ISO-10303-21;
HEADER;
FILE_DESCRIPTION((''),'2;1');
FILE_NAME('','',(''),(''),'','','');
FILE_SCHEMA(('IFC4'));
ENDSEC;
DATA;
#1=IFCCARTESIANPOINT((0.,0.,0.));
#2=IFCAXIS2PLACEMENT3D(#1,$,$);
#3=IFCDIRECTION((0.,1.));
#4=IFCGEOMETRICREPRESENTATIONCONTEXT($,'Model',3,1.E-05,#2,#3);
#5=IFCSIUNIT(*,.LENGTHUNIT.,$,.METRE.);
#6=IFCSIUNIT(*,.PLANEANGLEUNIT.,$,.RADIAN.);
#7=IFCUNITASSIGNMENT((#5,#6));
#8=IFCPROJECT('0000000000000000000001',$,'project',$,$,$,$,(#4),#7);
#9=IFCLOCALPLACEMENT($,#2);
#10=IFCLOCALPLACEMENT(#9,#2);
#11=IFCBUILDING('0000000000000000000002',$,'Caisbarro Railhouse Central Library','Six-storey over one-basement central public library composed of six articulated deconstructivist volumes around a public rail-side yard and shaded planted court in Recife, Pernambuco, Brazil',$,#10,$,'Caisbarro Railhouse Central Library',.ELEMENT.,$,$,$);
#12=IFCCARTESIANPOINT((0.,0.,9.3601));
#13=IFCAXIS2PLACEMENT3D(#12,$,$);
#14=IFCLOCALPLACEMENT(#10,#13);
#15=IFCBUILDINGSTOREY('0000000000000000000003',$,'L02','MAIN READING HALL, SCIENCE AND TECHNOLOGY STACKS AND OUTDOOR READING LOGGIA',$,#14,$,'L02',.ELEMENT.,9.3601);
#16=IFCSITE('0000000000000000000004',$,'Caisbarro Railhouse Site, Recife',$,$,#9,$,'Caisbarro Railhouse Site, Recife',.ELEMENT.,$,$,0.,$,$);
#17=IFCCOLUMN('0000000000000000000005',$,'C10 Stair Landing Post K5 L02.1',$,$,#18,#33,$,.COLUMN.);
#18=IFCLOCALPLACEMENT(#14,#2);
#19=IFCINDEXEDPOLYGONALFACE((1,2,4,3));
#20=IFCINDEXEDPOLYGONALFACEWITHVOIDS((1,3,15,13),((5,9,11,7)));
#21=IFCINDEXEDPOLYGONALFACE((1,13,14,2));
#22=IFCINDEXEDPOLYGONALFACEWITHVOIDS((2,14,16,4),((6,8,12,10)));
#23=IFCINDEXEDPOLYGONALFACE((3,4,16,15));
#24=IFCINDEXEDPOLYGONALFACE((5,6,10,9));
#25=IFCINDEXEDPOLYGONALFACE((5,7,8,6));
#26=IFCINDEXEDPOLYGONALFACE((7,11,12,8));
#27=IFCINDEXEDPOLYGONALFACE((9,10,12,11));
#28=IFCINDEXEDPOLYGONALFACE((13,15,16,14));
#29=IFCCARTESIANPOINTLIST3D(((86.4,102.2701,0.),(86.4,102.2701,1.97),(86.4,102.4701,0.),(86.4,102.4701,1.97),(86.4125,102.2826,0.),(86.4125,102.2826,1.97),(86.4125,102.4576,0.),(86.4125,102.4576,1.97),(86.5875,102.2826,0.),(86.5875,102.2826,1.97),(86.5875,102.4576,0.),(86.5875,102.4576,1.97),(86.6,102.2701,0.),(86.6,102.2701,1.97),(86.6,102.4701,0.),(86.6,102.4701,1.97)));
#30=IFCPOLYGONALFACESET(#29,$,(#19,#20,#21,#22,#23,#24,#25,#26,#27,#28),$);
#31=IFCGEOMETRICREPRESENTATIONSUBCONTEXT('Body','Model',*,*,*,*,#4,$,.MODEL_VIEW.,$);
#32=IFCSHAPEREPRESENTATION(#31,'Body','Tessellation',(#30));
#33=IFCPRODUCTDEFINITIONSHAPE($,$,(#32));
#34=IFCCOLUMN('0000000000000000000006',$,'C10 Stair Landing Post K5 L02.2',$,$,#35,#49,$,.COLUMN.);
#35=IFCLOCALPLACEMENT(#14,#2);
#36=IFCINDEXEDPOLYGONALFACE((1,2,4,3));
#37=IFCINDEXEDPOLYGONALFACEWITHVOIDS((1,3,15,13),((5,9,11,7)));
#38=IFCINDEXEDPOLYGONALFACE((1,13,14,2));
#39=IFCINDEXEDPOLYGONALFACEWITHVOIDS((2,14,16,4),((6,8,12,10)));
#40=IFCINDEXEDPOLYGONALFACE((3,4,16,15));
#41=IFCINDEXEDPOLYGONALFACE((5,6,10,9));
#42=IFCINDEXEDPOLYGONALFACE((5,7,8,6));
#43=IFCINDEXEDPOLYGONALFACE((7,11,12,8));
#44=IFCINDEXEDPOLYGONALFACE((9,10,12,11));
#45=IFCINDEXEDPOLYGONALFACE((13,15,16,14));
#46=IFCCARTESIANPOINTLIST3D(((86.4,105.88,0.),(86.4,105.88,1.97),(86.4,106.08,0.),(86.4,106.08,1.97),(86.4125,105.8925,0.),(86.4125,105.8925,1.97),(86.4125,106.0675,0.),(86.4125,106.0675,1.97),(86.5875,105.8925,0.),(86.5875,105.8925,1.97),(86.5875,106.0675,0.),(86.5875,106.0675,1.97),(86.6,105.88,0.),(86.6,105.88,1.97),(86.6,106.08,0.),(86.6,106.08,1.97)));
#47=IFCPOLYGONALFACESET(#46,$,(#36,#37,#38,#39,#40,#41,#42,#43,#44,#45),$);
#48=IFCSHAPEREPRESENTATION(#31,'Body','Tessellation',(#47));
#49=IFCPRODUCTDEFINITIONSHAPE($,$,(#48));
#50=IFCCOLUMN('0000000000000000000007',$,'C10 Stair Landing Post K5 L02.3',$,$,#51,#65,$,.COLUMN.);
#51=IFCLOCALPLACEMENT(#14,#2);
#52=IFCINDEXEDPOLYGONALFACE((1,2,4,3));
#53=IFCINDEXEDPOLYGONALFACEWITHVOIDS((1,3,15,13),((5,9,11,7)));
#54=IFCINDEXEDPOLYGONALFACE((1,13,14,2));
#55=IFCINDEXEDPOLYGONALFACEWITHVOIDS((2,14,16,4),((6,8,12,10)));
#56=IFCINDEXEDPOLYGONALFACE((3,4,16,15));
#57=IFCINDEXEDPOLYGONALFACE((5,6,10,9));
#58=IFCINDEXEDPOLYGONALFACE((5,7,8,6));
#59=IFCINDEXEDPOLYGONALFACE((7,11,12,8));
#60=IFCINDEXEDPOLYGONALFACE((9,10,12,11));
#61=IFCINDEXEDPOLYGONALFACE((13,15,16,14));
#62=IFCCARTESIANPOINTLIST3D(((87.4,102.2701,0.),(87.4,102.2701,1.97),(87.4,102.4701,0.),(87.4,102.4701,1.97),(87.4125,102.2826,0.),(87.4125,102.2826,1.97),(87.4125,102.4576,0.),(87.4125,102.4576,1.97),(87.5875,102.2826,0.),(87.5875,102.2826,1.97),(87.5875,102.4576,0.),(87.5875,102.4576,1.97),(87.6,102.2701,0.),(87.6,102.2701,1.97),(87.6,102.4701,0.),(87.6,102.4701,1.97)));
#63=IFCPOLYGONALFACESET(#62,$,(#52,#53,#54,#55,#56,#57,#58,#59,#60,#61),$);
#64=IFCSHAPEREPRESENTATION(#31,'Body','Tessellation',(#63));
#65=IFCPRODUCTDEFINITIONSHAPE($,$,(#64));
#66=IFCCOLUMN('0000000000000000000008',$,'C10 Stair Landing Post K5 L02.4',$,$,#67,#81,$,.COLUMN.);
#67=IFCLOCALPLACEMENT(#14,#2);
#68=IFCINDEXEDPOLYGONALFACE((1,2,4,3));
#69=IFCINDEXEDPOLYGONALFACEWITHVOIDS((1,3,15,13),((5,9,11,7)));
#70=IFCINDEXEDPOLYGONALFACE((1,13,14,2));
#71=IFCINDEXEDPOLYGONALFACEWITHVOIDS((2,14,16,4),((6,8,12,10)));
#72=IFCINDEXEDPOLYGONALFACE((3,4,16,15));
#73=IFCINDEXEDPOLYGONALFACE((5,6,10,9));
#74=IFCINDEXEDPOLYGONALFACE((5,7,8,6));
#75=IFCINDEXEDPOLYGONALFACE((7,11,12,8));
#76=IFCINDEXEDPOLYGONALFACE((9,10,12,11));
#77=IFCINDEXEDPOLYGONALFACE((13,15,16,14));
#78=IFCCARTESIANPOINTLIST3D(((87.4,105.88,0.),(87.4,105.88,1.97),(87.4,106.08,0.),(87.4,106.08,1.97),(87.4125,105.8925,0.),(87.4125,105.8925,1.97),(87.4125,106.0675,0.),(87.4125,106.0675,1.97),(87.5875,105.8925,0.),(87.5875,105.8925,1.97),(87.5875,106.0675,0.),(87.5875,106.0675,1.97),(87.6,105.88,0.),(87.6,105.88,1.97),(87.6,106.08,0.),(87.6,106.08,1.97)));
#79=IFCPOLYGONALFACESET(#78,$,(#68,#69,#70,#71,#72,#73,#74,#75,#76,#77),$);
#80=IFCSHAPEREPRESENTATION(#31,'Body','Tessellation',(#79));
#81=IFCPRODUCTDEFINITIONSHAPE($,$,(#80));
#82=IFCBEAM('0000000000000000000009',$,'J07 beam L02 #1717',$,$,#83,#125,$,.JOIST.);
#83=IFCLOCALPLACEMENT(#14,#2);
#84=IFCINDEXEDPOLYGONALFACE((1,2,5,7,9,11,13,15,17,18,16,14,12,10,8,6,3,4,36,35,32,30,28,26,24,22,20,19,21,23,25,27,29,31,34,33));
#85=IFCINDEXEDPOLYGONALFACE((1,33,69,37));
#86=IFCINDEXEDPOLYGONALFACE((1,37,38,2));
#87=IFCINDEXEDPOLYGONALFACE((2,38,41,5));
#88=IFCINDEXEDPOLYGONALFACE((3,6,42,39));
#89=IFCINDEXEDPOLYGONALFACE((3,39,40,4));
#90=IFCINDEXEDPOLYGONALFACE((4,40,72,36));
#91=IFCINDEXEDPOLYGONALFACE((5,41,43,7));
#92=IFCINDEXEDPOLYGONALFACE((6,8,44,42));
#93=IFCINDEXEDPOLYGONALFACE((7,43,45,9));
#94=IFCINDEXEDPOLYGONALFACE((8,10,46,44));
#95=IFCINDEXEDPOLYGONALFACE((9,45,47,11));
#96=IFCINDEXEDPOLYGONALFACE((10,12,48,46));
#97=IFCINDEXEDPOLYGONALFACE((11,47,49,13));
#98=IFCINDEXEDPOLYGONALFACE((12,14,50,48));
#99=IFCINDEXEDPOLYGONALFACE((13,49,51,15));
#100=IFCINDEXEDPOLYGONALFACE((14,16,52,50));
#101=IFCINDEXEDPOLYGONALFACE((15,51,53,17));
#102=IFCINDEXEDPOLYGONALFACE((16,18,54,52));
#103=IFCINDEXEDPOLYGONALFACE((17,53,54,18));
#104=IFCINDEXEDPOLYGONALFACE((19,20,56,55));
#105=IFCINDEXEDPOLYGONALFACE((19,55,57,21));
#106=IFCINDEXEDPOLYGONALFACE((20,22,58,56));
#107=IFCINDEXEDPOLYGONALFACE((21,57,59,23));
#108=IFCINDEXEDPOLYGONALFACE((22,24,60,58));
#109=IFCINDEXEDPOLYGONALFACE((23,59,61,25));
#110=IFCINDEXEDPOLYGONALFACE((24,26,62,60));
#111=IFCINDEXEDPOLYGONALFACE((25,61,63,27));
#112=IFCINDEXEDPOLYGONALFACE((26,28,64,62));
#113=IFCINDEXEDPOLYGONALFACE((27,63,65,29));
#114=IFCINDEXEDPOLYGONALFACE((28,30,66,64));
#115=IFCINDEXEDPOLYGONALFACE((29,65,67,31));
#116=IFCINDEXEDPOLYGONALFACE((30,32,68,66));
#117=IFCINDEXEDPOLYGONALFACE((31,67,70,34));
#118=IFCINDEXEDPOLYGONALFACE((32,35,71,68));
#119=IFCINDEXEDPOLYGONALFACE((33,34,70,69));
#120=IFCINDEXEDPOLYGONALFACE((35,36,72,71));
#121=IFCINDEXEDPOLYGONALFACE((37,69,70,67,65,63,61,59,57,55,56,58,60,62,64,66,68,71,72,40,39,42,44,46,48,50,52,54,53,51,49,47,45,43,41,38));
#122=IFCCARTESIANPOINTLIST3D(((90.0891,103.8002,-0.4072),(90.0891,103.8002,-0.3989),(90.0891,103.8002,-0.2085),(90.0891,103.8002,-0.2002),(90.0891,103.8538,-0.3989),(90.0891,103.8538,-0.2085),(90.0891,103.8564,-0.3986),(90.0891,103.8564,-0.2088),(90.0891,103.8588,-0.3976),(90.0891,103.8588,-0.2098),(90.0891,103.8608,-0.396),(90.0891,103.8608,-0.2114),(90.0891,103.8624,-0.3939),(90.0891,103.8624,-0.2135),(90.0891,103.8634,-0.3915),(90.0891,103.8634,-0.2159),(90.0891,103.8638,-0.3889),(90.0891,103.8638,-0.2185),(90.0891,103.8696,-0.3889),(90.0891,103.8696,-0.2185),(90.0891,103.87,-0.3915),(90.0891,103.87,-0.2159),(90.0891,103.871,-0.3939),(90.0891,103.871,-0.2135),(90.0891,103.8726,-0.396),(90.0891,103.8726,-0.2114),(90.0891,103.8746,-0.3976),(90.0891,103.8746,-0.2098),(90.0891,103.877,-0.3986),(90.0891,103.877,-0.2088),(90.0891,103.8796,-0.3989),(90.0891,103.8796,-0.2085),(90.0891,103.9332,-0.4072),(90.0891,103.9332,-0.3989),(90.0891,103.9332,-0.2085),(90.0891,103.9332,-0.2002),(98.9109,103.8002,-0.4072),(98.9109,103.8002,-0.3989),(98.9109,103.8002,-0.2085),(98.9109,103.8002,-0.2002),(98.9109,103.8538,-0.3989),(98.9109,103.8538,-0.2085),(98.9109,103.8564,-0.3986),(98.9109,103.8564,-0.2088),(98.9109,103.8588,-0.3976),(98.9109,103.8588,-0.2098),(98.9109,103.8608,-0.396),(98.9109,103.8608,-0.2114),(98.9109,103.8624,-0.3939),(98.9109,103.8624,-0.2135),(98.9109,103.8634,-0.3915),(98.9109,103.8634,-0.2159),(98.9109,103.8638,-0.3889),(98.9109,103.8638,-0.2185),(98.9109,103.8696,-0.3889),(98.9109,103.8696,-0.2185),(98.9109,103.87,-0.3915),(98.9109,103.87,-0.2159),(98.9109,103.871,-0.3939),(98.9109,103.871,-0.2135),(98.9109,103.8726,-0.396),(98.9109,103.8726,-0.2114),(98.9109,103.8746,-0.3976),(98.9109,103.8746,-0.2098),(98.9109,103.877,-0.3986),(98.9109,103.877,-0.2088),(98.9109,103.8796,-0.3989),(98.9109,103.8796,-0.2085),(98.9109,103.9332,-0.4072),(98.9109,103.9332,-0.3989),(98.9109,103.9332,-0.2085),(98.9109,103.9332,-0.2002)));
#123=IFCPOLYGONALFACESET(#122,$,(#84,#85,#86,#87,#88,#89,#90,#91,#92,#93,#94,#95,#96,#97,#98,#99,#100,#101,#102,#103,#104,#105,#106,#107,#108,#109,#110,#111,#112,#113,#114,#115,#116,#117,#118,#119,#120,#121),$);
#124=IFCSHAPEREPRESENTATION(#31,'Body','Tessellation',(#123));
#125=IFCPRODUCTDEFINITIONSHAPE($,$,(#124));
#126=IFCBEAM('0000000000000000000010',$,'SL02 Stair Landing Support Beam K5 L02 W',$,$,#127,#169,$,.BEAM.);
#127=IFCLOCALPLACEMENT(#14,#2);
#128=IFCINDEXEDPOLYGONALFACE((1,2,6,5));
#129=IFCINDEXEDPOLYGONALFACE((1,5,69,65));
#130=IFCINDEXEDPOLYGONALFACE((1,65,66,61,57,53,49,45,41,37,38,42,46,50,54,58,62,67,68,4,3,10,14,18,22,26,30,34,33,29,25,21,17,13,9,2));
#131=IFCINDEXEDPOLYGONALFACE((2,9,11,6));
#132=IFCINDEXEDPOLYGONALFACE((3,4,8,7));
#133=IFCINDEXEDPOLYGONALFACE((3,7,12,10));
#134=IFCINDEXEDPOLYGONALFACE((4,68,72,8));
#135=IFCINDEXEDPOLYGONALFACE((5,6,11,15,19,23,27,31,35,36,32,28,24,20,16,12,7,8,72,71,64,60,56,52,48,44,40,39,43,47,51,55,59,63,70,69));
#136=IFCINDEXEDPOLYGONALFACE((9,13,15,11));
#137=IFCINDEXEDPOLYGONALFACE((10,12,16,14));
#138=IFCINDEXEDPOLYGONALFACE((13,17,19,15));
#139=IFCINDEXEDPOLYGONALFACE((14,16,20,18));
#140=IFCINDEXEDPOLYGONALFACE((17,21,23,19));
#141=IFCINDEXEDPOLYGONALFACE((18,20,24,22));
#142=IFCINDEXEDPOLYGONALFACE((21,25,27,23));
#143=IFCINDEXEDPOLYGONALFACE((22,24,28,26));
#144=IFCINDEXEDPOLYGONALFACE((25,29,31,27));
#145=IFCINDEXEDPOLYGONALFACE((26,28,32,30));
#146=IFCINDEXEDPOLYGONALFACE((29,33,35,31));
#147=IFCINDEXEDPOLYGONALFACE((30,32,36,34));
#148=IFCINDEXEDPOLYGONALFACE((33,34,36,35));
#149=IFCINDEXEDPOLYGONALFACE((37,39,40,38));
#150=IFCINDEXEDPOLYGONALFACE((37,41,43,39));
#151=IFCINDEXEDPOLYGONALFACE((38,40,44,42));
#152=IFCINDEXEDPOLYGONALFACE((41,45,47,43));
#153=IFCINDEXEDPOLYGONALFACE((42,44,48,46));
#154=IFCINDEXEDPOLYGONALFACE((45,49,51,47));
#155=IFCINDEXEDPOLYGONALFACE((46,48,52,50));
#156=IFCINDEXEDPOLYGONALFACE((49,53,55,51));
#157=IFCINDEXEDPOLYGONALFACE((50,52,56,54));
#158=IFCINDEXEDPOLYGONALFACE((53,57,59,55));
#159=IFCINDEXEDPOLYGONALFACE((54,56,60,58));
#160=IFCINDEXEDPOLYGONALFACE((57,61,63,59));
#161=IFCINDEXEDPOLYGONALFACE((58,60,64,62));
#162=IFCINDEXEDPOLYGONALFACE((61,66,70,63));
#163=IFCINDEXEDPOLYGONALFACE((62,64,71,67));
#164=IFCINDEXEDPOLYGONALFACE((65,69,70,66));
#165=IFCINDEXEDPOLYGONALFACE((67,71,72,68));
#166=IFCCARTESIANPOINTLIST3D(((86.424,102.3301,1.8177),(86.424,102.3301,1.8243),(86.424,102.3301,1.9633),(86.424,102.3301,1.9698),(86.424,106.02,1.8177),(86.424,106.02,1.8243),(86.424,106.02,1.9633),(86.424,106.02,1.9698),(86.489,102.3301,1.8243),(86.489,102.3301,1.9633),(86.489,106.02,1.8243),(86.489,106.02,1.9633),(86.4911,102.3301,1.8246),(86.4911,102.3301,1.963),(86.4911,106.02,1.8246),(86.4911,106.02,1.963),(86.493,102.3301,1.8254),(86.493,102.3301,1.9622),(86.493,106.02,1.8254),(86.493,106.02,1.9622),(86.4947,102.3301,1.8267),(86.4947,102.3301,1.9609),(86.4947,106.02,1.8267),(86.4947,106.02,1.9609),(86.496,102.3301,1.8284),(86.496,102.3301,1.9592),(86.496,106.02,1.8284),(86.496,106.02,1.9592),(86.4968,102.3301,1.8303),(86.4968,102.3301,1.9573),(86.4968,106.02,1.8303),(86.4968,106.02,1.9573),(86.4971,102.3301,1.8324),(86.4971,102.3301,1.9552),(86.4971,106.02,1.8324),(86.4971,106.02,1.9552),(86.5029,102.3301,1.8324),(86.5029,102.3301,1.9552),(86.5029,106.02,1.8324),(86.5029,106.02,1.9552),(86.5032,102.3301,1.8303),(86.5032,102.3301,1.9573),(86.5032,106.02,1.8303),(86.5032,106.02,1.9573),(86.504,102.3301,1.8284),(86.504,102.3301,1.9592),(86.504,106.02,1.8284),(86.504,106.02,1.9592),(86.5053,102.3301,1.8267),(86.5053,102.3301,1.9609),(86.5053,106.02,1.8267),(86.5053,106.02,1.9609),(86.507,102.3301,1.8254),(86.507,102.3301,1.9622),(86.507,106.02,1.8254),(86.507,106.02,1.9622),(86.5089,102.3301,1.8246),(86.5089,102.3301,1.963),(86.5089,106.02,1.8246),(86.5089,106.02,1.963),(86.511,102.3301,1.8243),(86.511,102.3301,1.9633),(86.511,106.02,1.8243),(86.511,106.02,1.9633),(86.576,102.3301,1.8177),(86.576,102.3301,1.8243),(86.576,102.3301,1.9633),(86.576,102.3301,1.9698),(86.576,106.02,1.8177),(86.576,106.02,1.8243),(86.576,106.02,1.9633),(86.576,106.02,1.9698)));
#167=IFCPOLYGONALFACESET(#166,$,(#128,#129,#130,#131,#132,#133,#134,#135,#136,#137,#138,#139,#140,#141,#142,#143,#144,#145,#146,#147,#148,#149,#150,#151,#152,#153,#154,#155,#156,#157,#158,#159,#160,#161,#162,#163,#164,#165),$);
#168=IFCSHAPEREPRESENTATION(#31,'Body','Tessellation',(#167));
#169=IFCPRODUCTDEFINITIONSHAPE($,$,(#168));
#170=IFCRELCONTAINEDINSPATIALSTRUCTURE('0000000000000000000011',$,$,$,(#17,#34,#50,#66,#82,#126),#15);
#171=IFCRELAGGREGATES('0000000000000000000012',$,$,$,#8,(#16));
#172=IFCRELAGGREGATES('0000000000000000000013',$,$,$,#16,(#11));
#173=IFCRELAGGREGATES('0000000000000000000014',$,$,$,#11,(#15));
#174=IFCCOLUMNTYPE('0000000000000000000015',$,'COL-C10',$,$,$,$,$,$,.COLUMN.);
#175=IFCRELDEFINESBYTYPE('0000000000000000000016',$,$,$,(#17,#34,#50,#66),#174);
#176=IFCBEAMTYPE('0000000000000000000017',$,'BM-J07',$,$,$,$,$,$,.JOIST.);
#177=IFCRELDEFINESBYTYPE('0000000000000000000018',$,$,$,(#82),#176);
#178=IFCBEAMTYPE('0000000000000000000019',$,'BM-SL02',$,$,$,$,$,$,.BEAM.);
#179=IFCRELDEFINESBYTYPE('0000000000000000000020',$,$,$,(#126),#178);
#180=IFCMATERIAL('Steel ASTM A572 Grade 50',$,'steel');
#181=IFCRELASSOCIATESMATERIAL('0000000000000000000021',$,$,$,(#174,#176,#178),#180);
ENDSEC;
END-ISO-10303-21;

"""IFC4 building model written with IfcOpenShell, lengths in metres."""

from ifc_helpers import new_model, si_unit, direction, frame, origin, origin_2d, place, context, subcontext, project, spatial, hollow_rectangle, i_section, extrude, material, material_profile, profile_set, type_object, element, save


model = new_model("IFC4")

# Units and contexts
model_context = context("Model", 3, precision=1e-05, world=origin(), true_north=direction((0.0, 1.0)))
body_context = subcontext(model_context, "Body", "Model", "MODEL_VIEW")
ifc_project = project(units=[si_unit("LENGTHUNIT", "METRE"), si_unit("PLANEANGLEUNIT", "RADIAN")], contexts=[model_context])

# Site, building, storey
site_placement = place(None, origin())
site = spatial("IfcSite", under=ifc_project, at=site_placement, Name="Caisbarro Railhouse Site, Recife", LongName="Caisbarro Railhouse Site, Recife", CompositionType="ELEMENT", RefElevation=0.0)
building_placement = place(site_placement, origin())
building = spatial("IfcBuilding", under=site, at=building_placement, Name="Caisbarro Railhouse Central Library", Description="Six-storey over one-basement central public library composed of six articulated deconstructivist volumes around a public rail-side yard and shaded planted court in Recife, Pernambuco, Brazil", LongName="Caisbarro Railhouse Central Library", CompositionType="ELEMENT")
storey_placement = place(building_placement, frame((0.0, 0.0, 9.3601)))
storey = spatial("IfcBuildingStorey", under=building, at=storey_placement, Name="L02", Description="MAIN READING HALL, SCIENCE AND TECHNOLOGY STACKS AND OUTDOOR READING LOGGIA", LongName="L02", CompositionType="ELEMENT", Elevation=9.3601)

# Columns
ifc_material_1 = material(Name="Steel ASTM A572 Grade 50", Category="steel")
ifc_material_profile_1 = material_profile(ifc_material_1, hollow_rectangle(XDim=0.2, YDim=0.2, WallThickness=0.0125, at=origin_2d()), Name="HSS200X200X12.5")
ifc_profile_set_1 = profile_set([ifc_material_profile_1], Name="Steel ASTM A572 Grade 50")
column_type = type_object("IfcColumnType", Name="COL-C10", PredefinedType="COLUMN", material=ifc_profile_set_1)
for number, where, z_axis, x_axis, name in (
    (1, (86.5, 102.3701, 0.0), (0.0, 0.0, 1.0), (1.0, 0.0, 0.0), "C10 Stair Landing Post K5 L02.1"),
    (2, (86.5, 105.98, 0.0), (0.0, 0.0, 1.0), (1.0, 0.0, 0.0), "C10 Stair Landing Post K5 L02.2"),
    (3, (87.5, 102.3701, 0.0), (0.0, 0.0, 1.0), (1.0, 0.0, 0.0), "C10 Stair Landing Post K5 L02.3"),
    (4, (87.5, 105.98, 0.0), (0.0, 0.0, 1.0), (1.0, 0.0, 0.0), "C10 Stair Landing Post K5 L02.4"),
):
    element("IfcColumn", number, at=place(storey_placement, frame(where, z_axis=z_axis, x_axis=x_axis)), inside=storey, type_object=column_type, Name=name, PredefinedType="COLUMN", context=body_context, shape_type="SweptSolid", body=[
        extrude(hollow_rectangle(XDim=0.2, YDim=0.2, WallThickness=0.0125, at=origin_2d()), origin(), (0.0, 0.0, 1.0), 1.97),
    ])

# Beams
ifc_material_profile_2 = material_profile(ifc_material_1, i_section(OverallWidth=0.1331, OverallDepth=0.207, WebThickness=0.0059, FlangeThickness=0.0083, FilletRadius=0.01, at=origin_2d()), Name="W200X26.6")
ifc_profile_set_2 = profile_set([ifc_material_profile_2], Name="Steel ASTM A572 Grade 50")
beam_type_1 = type_object("IfcBeamType", Name="BM-J07", PredefinedType="JOIST", material=ifc_profile_set_2)
beam_placement = place(storey_placement, frame((90.0891, 103.8667, -0.3037), z_axis=(1.0, 0.0, 0.0), x_axis=(0.0, 1.0, 0.0)))
element("IfcBeam", 5, at=beam_placement, inside=storey, type_object=beam_type_1, Name="J07 beam L02 #1717", PredefinedType="JOIST", context=body_context, shape_type="SweptSolid", body=[
    extrude(i_section(OverallWidth=0.1331, OverallDepth=0.207, WebThickness=0.0059, FlangeThickness=0.0083, FilletRadius=0.01, at=origin_2d()), origin(), (0.0, 0.0, 1.0), 8.8218),
])
ifc_material_profile_3 = material_profile(ifc_material_1, i_section(OverallWidth=0.1521, OverallDepth=0.1521, WebThickness=0.0059, FlangeThickness=0.0066, FilletRadius=0.0081, at=origin_2d()), Name="W150X22.5")
ifc_profile_set_3 = profile_set([ifc_material_profile_3], Name="Steel ASTM A572 Grade 50")
beam_type_2 = type_object("IfcBeamType", Name="BM-SL02", PredefinedType="BEAM", material=ifc_profile_set_3)
for number, where, z_axis, x_axis, name in (
    (6, (86.5, 102.3301, 1.8938), (0.0, 1.0, 0.0), (-1.0, 0.0, 0.0), "SL02 Stair Landing Support Beam K5 L02 W"),
):
    element("IfcBeam", number, at=place(storey_placement, frame(where, z_axis=z_axis, x_axis=x_axis)), inside=storey, type_object=beam_type_2, Name=name, PredefinedType="BEAM", context=body_context, shape_type="SweptSolid", body=[
        extrude(i_section(OverallWidth=0.1521, OverallDepth=0.1521, WebThickness=0.0059, FlangeThickness=0.0066, FilletRadius=0.0081, at=origin_2d()), origin(), (0.0, 0.0, 1.0), 3.6899),
    ])

save(model, "model.ifc")
